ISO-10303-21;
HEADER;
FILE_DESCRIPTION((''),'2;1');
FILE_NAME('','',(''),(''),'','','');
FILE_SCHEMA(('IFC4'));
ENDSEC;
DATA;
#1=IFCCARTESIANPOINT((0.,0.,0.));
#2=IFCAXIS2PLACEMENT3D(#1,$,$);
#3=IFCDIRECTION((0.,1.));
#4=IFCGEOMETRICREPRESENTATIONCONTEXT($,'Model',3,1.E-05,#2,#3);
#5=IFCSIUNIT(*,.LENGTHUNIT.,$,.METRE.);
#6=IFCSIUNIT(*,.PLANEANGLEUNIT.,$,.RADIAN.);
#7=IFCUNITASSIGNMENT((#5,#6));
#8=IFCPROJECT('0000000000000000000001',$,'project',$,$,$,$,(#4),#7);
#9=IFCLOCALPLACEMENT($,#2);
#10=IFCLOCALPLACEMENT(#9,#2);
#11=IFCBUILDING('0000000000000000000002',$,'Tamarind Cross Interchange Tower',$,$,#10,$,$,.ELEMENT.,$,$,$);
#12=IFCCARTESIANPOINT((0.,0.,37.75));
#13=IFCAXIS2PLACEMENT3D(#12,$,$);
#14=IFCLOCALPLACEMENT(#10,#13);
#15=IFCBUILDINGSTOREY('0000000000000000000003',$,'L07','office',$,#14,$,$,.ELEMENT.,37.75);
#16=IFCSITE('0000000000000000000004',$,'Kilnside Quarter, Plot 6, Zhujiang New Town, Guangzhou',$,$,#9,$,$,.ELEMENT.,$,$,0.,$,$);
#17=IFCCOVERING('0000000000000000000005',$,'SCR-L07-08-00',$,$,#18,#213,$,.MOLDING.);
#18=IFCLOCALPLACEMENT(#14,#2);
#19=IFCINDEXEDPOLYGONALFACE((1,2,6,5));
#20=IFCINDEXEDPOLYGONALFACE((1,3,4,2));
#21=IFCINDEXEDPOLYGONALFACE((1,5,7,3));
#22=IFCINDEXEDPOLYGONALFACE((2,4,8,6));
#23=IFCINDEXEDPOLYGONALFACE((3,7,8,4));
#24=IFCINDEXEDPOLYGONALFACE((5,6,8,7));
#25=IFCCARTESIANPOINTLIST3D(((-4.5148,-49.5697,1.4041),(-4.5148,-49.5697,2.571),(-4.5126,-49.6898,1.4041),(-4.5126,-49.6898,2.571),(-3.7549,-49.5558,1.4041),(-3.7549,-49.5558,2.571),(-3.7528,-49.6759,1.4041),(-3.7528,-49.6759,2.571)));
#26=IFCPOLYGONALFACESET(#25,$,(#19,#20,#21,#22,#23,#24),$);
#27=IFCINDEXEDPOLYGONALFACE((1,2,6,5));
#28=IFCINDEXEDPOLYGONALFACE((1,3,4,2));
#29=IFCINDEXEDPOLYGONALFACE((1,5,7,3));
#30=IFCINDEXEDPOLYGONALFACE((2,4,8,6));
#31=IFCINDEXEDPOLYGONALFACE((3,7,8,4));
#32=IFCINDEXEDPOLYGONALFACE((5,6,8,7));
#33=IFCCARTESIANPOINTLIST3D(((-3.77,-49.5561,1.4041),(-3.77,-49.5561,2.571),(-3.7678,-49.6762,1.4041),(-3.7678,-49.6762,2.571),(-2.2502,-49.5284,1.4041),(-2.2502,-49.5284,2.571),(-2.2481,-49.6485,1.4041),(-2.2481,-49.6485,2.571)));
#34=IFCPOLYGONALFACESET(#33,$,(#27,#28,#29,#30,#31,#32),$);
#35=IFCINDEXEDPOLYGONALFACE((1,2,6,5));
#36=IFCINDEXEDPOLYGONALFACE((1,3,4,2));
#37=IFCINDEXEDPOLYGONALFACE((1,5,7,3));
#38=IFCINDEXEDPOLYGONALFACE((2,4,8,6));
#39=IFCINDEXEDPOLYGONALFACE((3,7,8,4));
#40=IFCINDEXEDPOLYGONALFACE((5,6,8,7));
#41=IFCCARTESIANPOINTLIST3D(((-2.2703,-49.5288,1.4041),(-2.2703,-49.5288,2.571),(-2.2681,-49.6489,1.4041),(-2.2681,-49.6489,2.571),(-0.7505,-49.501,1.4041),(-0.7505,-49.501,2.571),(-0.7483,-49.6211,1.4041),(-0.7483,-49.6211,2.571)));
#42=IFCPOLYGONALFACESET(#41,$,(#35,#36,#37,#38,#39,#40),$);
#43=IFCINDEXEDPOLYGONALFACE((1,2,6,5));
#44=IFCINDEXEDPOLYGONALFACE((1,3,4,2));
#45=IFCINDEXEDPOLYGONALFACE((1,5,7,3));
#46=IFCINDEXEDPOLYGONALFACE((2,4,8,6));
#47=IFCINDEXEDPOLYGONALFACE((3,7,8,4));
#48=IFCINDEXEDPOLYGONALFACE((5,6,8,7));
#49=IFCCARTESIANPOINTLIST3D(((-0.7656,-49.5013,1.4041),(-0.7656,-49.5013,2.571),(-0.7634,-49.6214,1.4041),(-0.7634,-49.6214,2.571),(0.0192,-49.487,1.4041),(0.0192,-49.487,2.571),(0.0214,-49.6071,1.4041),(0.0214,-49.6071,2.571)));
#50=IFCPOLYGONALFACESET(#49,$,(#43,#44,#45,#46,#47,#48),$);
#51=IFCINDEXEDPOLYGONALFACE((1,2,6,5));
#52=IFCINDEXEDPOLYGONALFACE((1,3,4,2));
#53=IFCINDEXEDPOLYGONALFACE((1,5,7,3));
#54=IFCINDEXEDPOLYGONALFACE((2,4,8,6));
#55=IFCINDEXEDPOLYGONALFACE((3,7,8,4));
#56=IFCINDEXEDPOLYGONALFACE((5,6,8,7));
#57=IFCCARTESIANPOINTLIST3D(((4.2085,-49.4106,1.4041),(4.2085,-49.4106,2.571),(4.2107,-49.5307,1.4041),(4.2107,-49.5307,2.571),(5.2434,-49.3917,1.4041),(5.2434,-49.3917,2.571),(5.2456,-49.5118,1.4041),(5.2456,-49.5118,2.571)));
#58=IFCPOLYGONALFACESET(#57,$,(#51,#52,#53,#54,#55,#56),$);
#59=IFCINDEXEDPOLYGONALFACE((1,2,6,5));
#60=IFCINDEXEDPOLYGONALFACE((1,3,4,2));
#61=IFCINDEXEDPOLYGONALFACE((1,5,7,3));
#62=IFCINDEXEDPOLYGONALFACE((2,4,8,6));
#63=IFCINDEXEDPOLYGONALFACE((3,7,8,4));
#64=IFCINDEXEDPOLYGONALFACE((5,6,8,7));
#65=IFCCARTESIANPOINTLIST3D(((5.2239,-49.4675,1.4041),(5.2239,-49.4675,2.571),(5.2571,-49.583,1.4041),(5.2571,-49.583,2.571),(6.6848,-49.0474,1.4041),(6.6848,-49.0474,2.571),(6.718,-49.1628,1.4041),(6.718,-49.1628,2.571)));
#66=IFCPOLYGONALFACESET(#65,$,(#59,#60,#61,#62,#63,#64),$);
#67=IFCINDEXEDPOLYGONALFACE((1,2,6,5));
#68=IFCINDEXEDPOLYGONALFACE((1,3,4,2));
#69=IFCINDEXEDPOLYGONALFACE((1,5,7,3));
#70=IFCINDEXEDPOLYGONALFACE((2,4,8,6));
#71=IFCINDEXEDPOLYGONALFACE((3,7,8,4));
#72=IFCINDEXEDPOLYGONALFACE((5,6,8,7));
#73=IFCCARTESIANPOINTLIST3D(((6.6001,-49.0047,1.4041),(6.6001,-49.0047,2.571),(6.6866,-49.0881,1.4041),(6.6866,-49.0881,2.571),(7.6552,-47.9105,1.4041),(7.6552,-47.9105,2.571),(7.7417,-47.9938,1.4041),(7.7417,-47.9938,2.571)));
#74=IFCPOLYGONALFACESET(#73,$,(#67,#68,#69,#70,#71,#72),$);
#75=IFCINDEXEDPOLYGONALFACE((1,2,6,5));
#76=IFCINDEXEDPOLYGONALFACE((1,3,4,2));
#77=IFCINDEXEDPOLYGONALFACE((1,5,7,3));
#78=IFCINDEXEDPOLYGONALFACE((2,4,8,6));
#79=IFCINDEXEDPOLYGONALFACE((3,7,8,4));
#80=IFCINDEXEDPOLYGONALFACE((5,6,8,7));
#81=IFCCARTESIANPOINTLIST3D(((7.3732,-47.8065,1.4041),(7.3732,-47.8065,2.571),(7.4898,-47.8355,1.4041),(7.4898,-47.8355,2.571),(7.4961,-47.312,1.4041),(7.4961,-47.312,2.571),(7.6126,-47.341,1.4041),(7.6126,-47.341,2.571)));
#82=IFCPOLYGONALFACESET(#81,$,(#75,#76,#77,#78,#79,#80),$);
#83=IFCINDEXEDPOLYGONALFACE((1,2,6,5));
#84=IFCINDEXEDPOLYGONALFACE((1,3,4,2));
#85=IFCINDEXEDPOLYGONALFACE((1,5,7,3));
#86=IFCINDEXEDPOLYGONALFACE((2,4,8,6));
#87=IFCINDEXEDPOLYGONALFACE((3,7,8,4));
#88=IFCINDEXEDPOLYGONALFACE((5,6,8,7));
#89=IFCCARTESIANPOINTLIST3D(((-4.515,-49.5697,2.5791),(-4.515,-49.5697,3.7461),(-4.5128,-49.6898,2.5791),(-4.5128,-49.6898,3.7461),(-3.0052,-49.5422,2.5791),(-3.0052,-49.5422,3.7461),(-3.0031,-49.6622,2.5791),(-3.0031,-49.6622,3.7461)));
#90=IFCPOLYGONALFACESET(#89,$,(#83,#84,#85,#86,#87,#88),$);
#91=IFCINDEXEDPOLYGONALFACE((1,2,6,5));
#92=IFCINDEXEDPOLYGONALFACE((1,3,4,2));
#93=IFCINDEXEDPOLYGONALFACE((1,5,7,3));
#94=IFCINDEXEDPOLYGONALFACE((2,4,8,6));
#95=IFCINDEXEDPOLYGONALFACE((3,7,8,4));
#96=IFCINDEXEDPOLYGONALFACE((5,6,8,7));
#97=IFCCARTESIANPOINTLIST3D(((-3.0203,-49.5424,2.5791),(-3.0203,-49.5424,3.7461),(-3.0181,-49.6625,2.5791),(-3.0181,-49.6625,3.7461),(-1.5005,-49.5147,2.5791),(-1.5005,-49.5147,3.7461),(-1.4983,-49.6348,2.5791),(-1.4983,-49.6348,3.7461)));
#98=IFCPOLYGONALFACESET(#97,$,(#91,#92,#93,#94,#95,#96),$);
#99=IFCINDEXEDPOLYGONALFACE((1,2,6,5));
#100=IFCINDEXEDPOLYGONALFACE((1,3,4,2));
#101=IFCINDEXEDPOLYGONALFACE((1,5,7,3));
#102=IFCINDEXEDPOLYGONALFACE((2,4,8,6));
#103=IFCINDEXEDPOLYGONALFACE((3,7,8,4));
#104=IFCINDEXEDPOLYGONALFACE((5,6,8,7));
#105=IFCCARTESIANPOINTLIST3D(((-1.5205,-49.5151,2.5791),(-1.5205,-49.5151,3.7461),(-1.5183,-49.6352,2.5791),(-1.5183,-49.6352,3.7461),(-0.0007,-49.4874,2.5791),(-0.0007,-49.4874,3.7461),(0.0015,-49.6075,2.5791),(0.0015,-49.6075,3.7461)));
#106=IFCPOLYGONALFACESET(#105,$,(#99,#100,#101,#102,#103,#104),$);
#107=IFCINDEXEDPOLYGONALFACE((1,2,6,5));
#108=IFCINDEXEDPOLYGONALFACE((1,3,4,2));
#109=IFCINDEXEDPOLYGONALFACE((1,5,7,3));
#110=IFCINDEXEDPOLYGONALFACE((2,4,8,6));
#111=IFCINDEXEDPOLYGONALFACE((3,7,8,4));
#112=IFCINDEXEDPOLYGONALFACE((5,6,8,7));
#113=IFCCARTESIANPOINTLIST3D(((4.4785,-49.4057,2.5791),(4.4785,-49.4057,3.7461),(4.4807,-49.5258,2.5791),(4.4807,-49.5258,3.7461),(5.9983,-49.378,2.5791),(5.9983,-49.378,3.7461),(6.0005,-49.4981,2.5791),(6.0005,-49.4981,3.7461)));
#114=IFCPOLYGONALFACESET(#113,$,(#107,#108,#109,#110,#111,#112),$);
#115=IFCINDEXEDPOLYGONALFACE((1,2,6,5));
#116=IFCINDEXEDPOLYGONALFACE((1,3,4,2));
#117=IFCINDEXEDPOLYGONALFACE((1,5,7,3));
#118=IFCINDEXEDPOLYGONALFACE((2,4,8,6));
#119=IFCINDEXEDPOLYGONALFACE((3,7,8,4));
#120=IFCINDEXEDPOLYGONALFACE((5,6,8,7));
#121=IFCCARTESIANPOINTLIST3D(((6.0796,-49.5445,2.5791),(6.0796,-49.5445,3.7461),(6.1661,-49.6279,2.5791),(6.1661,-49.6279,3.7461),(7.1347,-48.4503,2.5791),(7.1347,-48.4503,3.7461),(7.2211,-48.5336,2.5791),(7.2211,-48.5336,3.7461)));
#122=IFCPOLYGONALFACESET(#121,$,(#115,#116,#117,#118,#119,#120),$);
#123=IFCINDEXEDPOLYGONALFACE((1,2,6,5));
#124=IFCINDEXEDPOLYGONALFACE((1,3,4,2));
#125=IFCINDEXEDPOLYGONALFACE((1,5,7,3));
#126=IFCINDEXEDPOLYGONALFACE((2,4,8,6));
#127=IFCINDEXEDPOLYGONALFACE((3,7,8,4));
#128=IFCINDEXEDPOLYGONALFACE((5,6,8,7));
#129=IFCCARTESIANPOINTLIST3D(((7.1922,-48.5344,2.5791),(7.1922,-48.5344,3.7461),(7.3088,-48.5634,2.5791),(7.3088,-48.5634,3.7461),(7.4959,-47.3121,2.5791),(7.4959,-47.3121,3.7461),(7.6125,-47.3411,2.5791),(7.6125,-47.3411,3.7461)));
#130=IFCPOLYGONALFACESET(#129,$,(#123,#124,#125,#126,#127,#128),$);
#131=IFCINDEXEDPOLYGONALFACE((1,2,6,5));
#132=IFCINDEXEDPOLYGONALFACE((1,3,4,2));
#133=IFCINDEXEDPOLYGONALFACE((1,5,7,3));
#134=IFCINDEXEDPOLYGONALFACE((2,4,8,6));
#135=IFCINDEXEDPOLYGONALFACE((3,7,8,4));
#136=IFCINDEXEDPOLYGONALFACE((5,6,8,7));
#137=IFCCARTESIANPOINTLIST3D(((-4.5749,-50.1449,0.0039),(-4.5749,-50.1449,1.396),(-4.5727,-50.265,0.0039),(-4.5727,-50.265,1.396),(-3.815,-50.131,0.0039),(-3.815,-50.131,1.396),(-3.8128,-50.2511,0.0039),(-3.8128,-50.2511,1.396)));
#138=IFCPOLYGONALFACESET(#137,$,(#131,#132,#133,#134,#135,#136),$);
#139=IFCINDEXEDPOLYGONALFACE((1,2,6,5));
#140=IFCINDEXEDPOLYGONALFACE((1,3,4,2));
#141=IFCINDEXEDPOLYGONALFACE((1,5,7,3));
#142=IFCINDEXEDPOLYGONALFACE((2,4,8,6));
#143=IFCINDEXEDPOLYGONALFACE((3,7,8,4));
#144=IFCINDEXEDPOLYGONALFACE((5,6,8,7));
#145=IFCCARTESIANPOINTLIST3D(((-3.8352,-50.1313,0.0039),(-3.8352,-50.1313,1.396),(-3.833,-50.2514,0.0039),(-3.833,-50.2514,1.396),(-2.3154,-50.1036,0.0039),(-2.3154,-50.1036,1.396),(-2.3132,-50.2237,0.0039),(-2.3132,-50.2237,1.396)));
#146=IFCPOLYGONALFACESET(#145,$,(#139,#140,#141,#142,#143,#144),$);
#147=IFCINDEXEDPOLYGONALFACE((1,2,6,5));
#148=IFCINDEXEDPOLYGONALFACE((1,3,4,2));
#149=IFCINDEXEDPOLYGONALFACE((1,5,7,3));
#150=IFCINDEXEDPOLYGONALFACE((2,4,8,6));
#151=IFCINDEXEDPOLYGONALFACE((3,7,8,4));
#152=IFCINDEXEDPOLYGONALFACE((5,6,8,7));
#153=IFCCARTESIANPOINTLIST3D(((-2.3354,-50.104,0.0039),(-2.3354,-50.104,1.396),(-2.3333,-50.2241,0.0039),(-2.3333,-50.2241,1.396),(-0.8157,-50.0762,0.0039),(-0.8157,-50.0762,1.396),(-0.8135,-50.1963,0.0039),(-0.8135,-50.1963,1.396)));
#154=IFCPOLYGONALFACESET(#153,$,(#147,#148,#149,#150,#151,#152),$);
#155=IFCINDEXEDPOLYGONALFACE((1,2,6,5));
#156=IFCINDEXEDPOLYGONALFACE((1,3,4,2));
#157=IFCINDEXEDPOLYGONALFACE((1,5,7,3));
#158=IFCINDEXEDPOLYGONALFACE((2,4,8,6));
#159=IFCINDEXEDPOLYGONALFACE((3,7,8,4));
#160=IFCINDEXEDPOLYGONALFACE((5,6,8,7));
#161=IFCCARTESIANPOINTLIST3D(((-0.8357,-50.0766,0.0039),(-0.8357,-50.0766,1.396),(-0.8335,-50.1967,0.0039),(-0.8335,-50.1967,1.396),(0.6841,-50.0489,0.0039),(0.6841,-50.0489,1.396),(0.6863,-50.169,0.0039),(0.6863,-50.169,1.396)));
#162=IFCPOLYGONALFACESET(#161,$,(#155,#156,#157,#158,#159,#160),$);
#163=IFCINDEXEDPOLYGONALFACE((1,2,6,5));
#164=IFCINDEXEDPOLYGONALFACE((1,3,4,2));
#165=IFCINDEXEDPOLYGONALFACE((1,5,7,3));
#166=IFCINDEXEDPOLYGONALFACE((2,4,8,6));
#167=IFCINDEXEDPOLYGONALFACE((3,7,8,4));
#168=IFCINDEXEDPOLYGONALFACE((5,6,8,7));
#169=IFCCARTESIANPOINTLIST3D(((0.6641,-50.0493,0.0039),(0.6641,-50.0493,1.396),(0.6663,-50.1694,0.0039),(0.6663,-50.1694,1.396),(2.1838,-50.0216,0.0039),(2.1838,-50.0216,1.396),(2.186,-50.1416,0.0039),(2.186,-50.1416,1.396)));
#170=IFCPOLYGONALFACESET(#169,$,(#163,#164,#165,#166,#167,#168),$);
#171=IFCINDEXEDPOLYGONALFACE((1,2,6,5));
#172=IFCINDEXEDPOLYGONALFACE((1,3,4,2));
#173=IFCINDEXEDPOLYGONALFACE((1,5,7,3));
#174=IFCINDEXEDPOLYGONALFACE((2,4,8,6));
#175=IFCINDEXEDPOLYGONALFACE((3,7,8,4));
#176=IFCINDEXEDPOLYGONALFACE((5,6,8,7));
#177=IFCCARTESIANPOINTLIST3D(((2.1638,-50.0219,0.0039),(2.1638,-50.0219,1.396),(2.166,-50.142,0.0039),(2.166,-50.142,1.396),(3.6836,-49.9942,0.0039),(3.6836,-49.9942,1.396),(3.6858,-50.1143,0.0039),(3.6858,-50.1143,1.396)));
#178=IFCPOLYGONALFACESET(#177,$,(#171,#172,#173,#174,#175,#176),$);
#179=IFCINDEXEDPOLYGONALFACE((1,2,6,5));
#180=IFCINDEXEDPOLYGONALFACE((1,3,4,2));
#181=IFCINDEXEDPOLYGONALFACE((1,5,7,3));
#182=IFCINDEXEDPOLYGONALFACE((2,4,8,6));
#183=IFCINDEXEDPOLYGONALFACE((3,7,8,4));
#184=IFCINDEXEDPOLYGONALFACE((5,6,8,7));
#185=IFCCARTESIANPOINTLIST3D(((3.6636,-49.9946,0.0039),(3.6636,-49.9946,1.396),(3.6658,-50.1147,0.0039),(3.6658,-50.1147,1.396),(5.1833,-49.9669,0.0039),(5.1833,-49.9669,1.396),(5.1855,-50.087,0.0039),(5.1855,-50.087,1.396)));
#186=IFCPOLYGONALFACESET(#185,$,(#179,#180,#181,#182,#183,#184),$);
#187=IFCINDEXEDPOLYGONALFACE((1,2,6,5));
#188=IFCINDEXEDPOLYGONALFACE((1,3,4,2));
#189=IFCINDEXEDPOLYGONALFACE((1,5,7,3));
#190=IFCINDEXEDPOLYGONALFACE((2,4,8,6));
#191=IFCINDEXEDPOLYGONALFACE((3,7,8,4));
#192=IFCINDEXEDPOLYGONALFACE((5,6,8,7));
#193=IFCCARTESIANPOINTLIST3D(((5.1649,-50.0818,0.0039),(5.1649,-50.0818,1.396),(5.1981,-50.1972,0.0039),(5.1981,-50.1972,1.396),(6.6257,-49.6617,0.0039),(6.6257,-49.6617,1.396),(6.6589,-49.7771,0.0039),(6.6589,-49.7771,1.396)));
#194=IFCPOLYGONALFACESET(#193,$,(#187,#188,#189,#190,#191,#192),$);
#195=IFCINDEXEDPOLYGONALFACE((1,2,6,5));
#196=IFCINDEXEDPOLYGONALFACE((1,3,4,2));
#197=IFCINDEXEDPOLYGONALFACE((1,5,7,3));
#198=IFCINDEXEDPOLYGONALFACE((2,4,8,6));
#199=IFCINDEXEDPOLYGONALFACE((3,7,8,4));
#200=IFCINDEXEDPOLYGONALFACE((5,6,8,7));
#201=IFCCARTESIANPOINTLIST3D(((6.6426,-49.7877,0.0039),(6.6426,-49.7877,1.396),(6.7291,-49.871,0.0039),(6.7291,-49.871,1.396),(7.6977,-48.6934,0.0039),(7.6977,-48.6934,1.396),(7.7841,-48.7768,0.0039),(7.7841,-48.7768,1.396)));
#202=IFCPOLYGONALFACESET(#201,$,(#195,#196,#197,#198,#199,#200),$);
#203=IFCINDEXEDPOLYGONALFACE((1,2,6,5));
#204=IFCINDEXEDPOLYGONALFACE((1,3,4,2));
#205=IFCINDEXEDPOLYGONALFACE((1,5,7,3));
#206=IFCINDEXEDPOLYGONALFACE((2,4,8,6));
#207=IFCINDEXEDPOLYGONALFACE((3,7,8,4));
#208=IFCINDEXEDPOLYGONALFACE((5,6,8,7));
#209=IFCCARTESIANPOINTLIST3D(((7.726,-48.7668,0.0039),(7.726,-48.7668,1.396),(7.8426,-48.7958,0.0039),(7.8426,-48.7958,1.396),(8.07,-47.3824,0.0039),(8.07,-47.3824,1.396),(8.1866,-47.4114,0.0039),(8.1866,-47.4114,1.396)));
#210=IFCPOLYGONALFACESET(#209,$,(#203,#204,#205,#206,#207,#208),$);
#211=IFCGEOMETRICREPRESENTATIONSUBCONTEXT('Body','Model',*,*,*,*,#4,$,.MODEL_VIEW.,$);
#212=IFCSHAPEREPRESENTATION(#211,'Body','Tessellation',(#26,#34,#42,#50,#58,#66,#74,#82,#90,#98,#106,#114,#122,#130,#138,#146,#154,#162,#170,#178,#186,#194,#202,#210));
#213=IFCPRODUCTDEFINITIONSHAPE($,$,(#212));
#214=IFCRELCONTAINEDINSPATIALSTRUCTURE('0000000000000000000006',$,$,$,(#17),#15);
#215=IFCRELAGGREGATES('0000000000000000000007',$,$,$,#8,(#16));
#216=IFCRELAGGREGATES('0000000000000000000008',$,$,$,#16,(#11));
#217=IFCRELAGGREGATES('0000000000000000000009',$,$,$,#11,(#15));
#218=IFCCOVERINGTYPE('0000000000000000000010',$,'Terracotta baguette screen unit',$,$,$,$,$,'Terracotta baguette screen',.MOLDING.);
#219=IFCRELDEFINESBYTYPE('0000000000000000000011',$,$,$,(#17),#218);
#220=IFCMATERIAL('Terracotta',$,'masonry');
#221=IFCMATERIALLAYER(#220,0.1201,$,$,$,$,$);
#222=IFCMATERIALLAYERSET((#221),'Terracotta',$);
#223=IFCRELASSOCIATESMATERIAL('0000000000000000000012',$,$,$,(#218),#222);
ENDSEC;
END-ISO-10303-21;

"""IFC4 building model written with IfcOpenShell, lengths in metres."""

from ifc_helpers import new_model, si_unit, direction, frame, origin, origin_2d, place, context, subcontext, project, spatial, rectangle, extrude, material, layer, layer_set, type_object, element, save


model = new_model("IFC4")

# Units and contexts
model_context = context("Model", 3, precision=1e-05, world=origin(), true_north=direction((0.0, 1.0)))
body_context = subcontext(model_context, "Body", "Model", "MODEL_VIEW")
ifc_project = project(units=[si_unit("LENGTHUNIT", "METRE"), si_unit("PLANEANGLEUNIT", "RADIAN")], contexts=[model_context])

# Site, building, storey
site_placement = place(None, origin())
site = spatial("IfcSite", under=ifc_project, at=site_placement, Name="Kilnside Quarter, Plot 6, Zhujiang New Town, Guangzhou", CompositionType="ELEMENT", RefElevation=0.0)
building_placement = place(site_placement, origin())
building = spatial("IfcBuilding", under=site, at=building_placement, Name="Tamarind Cross Interchange Tower", CompositionType="ELEMENT")
storey_placement = place(building_placement, frame((0.0, 0.0, 37.75)))
storey = spatial("IfcBuildingStorey", under=building, at=storey_placement, Name="L07", Description="office", CompositionType="ELEMENT", Elevation=37.75)

# Covering
ifc_material_1 = material(Name="Terracotta", Category="masonry")
ifc_layer_1 = layer(ifc_material_1, 0.1201)
ifc_layer_set_1 = layer_set([ifc_layer_1], Name="Terracotta")
covering_type = type_object("IfcCoveringType", Name="Terracotta baguette screen unit", ElementType="Terracotta baguette screen", PredefinedType="MOLDING", material=ifc_layer_set_1)
covering_1_placement = place(storey_placement, origin())
element("IfcCovering", 1, at=covering_1_placement, inside=storey, type_object=covering_type, Name="SCR-L07-08-00", PredefinedType="MOLDING", context=body_context, shape_type="SweptSolid", body=[
    extrude(rectangle(XDim=0.76, YDim=0.1201, at=origin_2d()), frame((-4.1338, -49.6228, 1.4041), z_axis=(0.0, 0.0, 1.0), x_axis=(0.999834, 0.018234, 0.0)), (0.0, 0.0, 1.0), 1.167),
    extrude(rectangle(XDim=1.52, YDim=0.1201, at=origin_2d()), frame((-3.009, -49.6023, 1.4041), z_axis=(0.0, 0.0, 1.0), x_axis=(0.999834, 0.018234, 0.0)), (0.0, 0.0, 1.0), 1.167),
    extrude(rectangle(XDim=1.52, YDim=0.1201, at=origin_2d()), frame((-1.5093, -49.575, 1.4041), z_axis=(0.0, 0.0, 1.0), x_axis=(0.999834, 0.018234, 0.0)), (0.0, 0.0, 1.0), 1.167),
    extrude(rectangle(XDim=0.7849, YDim=0.1201, at=origin_2d()), frame((-0.3721, -49.5542, 1.4041), z_axis=(0.0, 0.0, 1.0), x_axis=(0.999834, 0.018234, 0.0)), (0.0, 0.0, 1.0), 1.167),
    extrude(rectangle(XDim=1.0352, YDim=0.1201, at=origin_2d()), frame((4.7271, -49.4612, 1.4041), z_axis=(0.0, 0.0, 1.0), x_axis=(0.999834, 0.018234, 0.0)), (0.0, 0.0, 1.0), 1.167),
    extrude(rectangle(XDim=1.52, YDim=0.1201, at=origin_2d()), frame((5.9709, -49.3152, 1.4041), z_axis=(0.0, 0.0, 1.0), x_axis=(0.961046, 0.276389, 0.0)), (0.0, 0.0, 1.0), 1.167),
    extrude(rectangle(XDim=1.52, YDim=0.1201, at=origin_2d()), frame((7.1709, -48.4993, 1.4041), z_axis=(0.0, 0.0, 1.0), x_axis=(0.694096, 0.719883, 0.0)), (0.0, 0.0, 1.0), 1.167),
    extrude(rectangle(XDim=0.5095, YDim=0.1201, at=origin_2d()), frame((7.4929, -47.5737, 1.4041), z_axis=(0.0, 0.0, 1.0), x_axis=(0.241163, 0.970485, 0.0)), (0.0, 0.0, 1.0), 1.167),
    extrude(rectangle(XDim=1.51, YDim=0.1201, at=origin_2d()), frame((-3.759, -49.616, 2.5791), z_axis=(0.0, 0.0, 1.0), x_axis=(0.999834, 0.018234, 0.0)), (0.0, 0.0, 1.0), 1.167),
    extrude(rectangle(XDim=1.52, YDim=0.1201, at=origin_2d()), frame((-2.2593, -49.5886, 2.5791), z_axis=(0.0, 0.0, 1.0), x_axis=(0.999834, 0.018234, 0.0)), (0.0, 0.0, 1.0), 1.167),
    extrude(rectangle(XDim=1.52, YDim=0.1201, at=origin_2d()), frame((-0.7595, -49.5613, 2.5791), z_axis=(0.0, 0.0, 1.0), x_axis=(0.999834, 0.018234, 0.0)), (0.0, 0.0, 1.0), 1.167),
    extrude(rectangle(XDim=1.52, YDim=0.1201, at=origin_2d()), frame((5.2395, -49.4519, 2.5791), z_axis=(0.0, 0.0, 1.0), x_axis=(0.999834, 0.018234, 0.0)), (0.0, 0.0, 1.0), 1.167),
    extrude(rectangle(XDim=1.52, YDim=0.1201, at=origin_2d()), frame((6.6504, -49.0391, 2.5791), z_axis=(0.0, 0.0, 1.0), x_axis=(0.694096, 0.719883, 0.0)), (0.0, 0.0, 1.0), 1.167),
    extrude(rectangle(XDim=1.2595, YDim=0.1201, at=origin_2d()), frame((7.4023, -47.9377, 2.5791), z_axis=(0.0, 0.0, 1.0), x_axis=(0.241163, 0.970485, 0.0)), (0.0, 0.0, 1.0), 1.167),
    extrude(rectangle(XDim=0.76, YDim=0.1201, at=origin_2d()), frame((-4.1938, -50.198, 0.0039), z_axis=(0.0, 0.0, 1.0), x_axis=(0.999834, 0.018234, 0.0)), (0.0, 0.0, 1.0), 1.3921),
    extrude(rectangle(XDim=1.52, YDim=0.1201, at=origin_2d()), frame((-3.0742, -50.1775, 0.0039), z_axis=(0.0, 0.0, 1.0), x_axis=(0.999834, 0.018234, 0.0)), (0.0, 0.0, 1.0), 1.3921),
    extrude(rectangle(XDim=1.52, YDim=0.1201, at=origin_2d()), frame((-1.5745, -50.1501, 0.0039), z_axis=(0.0, 0.0, 1.0), x_axis=(0.999834, 0.018234, 0.0)), (0.0, 0.0, 1.0), 1.3921),
    extrude(rectangle(XDim=1.52, YDim=0.1201, at=origin_2d()), frame((-0.0747, -50.1228, 0.0039), z_axis=(0.0, 0.0, 1.0), x_axis=(0.999834, 0.018234, 0.0)), (0.0, 0.0, 1.0), 1.3921),
    extrude(rectangle(XDim=1.52, YDim=0.1201, at=origin_2d()), frame((1.425, -50.0955, 0.0039), z_axis=(0.0, 0.0, 1.0), x_axis=(0.999834, 0.018234, 0.0)), (0.0, 0.0, 1.0), 1.3921),
    extrude(rectangle(XDim=1.52, YDim=0.1201, at=origin_2d()), frame((2.9248, -50.0681, 0.0039), z_axis=(0.0, 0.0, 1.0), x_axis=(0.999834, 0.018234, 0.0)), (0.0, 0.0, 1.0), 1.3921),
    extrude(rectangle(XDim=1.52, YDim=0.1201, at=origin_2d()), frame((4.4246, -50.0408, 0.0039), z_axis=(0.0, 0.0, 1.0), x_axis=(0.999834, 0.018234, 0.0)), (0.0, 0.0, 1.0), 1.3921),
    extrude(rectangle(XDim=1.52, YDim=0.1201, at=origin_2d()), frame((5.9119, -49.9294, 0.0039), z_axis=(0.0, 0.0, 1.0), x_axis=(0.961046, 0.276389, 0.0)), (0.0, 0.0, 1.0), 1.3921),
    extrude(rectangle(XDim=1.52, YDim=0.1201, at=origin_2d()), frame((7.2134, -49.2822, 0.0039), z_axis=(0.0, 0.0, 1.0), x_axis=(0.694096, 0.719883, 0.0)), (0.0, 0.0, 1.0), 1.3921),
    extrude(rectangle(XDim=1.4265, YDim=0.1201, at=origin_2d()), frame((7.9563, -48.0891, 0.0039), z_axis=(0.0, 0.0, 1.0), x_axis=(0.241163, 0.970485, 0.0)), (0.0, 0.0, 1.0), 1.3921),
])

save(model, "model.ifc")
